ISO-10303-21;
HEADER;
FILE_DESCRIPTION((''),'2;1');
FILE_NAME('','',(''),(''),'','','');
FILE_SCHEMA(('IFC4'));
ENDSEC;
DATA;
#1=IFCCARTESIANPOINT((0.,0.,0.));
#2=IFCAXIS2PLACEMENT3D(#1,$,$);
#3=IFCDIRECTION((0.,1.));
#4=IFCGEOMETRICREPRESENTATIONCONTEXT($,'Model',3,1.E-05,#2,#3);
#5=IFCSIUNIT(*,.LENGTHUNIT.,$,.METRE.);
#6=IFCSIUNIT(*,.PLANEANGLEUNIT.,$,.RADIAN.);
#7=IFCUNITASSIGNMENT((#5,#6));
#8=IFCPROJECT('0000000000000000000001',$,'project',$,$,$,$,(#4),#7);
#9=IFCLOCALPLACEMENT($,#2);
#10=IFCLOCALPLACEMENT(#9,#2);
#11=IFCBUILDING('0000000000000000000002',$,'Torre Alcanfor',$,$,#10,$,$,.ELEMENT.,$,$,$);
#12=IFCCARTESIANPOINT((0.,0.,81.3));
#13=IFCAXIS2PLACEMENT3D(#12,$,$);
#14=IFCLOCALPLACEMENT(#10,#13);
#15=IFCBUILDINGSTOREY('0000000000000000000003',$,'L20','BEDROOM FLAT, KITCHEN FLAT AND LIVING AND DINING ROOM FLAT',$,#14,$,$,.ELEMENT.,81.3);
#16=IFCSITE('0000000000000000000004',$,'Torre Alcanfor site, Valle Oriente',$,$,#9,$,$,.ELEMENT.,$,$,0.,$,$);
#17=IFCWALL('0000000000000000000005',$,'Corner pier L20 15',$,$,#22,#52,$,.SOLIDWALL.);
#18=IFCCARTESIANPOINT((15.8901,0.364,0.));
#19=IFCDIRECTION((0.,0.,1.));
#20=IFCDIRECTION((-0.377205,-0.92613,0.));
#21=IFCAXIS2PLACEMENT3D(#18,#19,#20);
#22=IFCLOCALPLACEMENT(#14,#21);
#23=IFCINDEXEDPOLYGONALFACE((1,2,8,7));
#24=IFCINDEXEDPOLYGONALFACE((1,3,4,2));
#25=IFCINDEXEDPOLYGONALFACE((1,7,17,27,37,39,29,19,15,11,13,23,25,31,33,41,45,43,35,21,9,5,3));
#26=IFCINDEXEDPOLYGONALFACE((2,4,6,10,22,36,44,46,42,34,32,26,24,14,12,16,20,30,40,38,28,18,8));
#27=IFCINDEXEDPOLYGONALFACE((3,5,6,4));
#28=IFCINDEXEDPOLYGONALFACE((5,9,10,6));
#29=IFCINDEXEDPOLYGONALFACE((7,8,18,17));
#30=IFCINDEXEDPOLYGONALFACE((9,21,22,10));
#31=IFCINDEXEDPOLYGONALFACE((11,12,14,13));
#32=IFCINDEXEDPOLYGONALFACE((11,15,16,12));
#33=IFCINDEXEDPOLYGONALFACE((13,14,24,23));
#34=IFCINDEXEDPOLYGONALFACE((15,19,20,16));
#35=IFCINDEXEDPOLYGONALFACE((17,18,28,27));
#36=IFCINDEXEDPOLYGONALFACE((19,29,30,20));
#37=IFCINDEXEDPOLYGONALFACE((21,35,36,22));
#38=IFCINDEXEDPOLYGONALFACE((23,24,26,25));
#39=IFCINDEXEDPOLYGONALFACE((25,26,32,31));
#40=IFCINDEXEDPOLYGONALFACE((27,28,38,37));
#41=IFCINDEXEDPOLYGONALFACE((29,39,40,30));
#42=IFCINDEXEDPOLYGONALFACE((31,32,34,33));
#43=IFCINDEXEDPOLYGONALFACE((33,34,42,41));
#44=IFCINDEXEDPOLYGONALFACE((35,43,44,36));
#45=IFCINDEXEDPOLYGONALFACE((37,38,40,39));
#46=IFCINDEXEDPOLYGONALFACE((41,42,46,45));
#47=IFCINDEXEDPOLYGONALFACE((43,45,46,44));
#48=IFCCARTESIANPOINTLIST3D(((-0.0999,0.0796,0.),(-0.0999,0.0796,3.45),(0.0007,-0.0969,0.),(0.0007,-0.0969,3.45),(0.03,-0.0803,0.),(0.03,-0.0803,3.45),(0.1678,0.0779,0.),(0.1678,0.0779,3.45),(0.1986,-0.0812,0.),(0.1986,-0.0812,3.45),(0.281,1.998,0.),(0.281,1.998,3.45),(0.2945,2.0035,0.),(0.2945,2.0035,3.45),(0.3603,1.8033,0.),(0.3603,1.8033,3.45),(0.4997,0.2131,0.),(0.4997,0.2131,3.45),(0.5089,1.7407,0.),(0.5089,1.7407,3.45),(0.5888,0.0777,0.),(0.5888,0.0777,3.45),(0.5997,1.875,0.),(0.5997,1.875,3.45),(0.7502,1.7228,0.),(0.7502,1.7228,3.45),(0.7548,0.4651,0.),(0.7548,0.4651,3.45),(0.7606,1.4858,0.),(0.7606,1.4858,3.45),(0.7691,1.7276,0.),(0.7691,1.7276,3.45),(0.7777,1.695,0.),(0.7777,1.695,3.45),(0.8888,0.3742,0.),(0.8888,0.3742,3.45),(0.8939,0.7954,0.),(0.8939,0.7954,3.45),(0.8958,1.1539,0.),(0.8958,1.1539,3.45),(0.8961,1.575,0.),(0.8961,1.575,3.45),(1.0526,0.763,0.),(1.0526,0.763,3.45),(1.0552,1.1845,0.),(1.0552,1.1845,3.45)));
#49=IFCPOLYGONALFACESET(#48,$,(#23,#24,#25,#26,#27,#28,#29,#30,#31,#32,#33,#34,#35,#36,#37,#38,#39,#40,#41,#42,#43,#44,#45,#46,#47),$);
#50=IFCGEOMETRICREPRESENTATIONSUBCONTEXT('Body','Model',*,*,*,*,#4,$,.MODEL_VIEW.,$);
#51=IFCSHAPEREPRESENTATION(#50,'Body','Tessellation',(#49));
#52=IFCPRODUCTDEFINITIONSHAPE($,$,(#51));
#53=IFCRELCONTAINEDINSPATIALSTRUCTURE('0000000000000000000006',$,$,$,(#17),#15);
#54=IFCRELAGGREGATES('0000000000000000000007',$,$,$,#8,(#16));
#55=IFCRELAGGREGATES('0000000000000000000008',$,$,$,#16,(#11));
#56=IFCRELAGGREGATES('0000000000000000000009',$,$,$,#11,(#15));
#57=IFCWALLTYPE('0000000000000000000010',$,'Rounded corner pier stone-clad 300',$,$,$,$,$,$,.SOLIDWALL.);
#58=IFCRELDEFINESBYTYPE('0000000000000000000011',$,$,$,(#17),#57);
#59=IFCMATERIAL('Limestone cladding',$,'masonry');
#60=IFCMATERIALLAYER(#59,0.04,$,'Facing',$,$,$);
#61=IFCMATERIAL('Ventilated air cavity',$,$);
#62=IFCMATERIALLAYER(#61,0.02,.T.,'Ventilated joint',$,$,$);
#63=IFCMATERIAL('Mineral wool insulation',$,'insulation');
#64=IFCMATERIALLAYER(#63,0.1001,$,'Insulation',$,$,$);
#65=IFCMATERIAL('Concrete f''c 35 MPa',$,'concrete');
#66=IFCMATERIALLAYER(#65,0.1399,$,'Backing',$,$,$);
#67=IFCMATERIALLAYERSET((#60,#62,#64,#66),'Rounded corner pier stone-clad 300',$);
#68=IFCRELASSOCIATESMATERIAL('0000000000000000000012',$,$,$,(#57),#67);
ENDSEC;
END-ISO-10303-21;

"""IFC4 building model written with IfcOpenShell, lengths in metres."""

from ifc_helpers import new_model, si_unit, direction, frame, origin, place, context, subcontext, project, spatial, polyline, outline, extrude, material, layer, layer_set, type_object, element, save


model = new_model("IFC4")

# Units and contexts
model_context = context("Model", 3, precision=1e-05, world=origin(), true_north=direction((0.0, 1.0)))
body_context = subcontext(model_context, "Body", "Model", "MODEL_VIEW")
ifc_project = project(units=[si_unit("LENGTHUNIT", "METRE"), si_unit("PLANEANGLEUNIT", "RADIAN")], contexts=[model_context])

# Site, building, storey
site_placement = place(None, origin())
site = spatial("IfcSite", under=ifc_project, at=site_placement, Name="Torre Alcanfor site, Valle Oriente", CompositionType="ELEMENT", RefElevation=0.0)
building_placement = place(site_placement, origin())
building = spatial("IfcBuilding", under=site, at=building_placement, Name="Torre Alcanfor", CompositionType="ELEMENT")
storey_placement = place(building_placement, frame((0.0, 0.0, 81.3)))
storey = spatial("IfcBuildingStorey", under=building, at=storey_placement, Name="L20", Description="BEDROOM FLAT, KITCHEN FLAT AND LIVING AND DINING ROOM FLAT", CompositionType="ELEMENT", Elevation=81.3)

# Wall
ifc_material_1 = material(Name="Limestone cladding", Category="masonry")
ifc_layer_1 = layer(ifc_material_1, 0.04, Name="Facing")
ifc_material_2 = material(Name="Ventilated air cavity")
ifc_layer_2 = layer(ifc_material_2, 0.02, ventilated=True, Name="Ventilated joint")
ifc_material_3 = material(Name="Mineral wool insulation", Category="insulation")
ifc_layer_3 = layer(ifc_material_3, 0.1001, Name="Insulation")
ifc_material_4 = material(Name="Concrete f'c 35 MPa", Category="concrete")
ifc_layer_4 = layer(ifc_material_4, 0.1399, Name="Backing")
ifc_layer_set_1 = layer_set([ifc_layer_1, ifc_layer_2, ifc_layer_3, ifc_layer_4], Name="Rounded corner pier stone-clad 300")
wall_type = type_object("IfcWallType", Name="Rounded corner pier stone-clad 300", PredefinedType="SOLIDWALL", material=ifc_layer_set_1)
wall_placement = place(storey_placement, frame((15.8901, 0.364, 0.0), z_axis=(0.0, 0.0, 1.0), x_axis=(-0.377205, -0.92613, 0.0)))
element("IfcWall", 1, at=wall_placement, inside=storey, type_object=wall_type, Name="Corner pier L20 15", PredefinedType="SOLIDWALL", context=body_context, shape_type="SweptSolid", body=[
    extrude(outline(polyline([(0.3603, 1.8033), (0.5089, 1.7407), (0.7606, 1.4858), (0.8958, 1.1539), (0.8939, 0.7954), (0.7548, 0.4651), (0.4997, 0.2131), (0.1678, 0.0779), (-0.0999, 0.0796), (0.0007, -0.0969), (0.03, -0.0803), (0.1986, -0.0812), (0.5888, 0.0777), (0.8888, 0.3742), (1.0526, 0.763), (1.0552, 1.1845), (0.8961, 1.575), (0.7777, 1.695), (0.7691, 1.7276), (0.7502, 1.7228), (0.5997, 1.875), (0.2945, 2.0035), (0.281, 1.998), (0.3603, 1.8033)])), origin(), (0.0, 0.0, 1.0), 3.45),
])

save(model, "model.ifc")
